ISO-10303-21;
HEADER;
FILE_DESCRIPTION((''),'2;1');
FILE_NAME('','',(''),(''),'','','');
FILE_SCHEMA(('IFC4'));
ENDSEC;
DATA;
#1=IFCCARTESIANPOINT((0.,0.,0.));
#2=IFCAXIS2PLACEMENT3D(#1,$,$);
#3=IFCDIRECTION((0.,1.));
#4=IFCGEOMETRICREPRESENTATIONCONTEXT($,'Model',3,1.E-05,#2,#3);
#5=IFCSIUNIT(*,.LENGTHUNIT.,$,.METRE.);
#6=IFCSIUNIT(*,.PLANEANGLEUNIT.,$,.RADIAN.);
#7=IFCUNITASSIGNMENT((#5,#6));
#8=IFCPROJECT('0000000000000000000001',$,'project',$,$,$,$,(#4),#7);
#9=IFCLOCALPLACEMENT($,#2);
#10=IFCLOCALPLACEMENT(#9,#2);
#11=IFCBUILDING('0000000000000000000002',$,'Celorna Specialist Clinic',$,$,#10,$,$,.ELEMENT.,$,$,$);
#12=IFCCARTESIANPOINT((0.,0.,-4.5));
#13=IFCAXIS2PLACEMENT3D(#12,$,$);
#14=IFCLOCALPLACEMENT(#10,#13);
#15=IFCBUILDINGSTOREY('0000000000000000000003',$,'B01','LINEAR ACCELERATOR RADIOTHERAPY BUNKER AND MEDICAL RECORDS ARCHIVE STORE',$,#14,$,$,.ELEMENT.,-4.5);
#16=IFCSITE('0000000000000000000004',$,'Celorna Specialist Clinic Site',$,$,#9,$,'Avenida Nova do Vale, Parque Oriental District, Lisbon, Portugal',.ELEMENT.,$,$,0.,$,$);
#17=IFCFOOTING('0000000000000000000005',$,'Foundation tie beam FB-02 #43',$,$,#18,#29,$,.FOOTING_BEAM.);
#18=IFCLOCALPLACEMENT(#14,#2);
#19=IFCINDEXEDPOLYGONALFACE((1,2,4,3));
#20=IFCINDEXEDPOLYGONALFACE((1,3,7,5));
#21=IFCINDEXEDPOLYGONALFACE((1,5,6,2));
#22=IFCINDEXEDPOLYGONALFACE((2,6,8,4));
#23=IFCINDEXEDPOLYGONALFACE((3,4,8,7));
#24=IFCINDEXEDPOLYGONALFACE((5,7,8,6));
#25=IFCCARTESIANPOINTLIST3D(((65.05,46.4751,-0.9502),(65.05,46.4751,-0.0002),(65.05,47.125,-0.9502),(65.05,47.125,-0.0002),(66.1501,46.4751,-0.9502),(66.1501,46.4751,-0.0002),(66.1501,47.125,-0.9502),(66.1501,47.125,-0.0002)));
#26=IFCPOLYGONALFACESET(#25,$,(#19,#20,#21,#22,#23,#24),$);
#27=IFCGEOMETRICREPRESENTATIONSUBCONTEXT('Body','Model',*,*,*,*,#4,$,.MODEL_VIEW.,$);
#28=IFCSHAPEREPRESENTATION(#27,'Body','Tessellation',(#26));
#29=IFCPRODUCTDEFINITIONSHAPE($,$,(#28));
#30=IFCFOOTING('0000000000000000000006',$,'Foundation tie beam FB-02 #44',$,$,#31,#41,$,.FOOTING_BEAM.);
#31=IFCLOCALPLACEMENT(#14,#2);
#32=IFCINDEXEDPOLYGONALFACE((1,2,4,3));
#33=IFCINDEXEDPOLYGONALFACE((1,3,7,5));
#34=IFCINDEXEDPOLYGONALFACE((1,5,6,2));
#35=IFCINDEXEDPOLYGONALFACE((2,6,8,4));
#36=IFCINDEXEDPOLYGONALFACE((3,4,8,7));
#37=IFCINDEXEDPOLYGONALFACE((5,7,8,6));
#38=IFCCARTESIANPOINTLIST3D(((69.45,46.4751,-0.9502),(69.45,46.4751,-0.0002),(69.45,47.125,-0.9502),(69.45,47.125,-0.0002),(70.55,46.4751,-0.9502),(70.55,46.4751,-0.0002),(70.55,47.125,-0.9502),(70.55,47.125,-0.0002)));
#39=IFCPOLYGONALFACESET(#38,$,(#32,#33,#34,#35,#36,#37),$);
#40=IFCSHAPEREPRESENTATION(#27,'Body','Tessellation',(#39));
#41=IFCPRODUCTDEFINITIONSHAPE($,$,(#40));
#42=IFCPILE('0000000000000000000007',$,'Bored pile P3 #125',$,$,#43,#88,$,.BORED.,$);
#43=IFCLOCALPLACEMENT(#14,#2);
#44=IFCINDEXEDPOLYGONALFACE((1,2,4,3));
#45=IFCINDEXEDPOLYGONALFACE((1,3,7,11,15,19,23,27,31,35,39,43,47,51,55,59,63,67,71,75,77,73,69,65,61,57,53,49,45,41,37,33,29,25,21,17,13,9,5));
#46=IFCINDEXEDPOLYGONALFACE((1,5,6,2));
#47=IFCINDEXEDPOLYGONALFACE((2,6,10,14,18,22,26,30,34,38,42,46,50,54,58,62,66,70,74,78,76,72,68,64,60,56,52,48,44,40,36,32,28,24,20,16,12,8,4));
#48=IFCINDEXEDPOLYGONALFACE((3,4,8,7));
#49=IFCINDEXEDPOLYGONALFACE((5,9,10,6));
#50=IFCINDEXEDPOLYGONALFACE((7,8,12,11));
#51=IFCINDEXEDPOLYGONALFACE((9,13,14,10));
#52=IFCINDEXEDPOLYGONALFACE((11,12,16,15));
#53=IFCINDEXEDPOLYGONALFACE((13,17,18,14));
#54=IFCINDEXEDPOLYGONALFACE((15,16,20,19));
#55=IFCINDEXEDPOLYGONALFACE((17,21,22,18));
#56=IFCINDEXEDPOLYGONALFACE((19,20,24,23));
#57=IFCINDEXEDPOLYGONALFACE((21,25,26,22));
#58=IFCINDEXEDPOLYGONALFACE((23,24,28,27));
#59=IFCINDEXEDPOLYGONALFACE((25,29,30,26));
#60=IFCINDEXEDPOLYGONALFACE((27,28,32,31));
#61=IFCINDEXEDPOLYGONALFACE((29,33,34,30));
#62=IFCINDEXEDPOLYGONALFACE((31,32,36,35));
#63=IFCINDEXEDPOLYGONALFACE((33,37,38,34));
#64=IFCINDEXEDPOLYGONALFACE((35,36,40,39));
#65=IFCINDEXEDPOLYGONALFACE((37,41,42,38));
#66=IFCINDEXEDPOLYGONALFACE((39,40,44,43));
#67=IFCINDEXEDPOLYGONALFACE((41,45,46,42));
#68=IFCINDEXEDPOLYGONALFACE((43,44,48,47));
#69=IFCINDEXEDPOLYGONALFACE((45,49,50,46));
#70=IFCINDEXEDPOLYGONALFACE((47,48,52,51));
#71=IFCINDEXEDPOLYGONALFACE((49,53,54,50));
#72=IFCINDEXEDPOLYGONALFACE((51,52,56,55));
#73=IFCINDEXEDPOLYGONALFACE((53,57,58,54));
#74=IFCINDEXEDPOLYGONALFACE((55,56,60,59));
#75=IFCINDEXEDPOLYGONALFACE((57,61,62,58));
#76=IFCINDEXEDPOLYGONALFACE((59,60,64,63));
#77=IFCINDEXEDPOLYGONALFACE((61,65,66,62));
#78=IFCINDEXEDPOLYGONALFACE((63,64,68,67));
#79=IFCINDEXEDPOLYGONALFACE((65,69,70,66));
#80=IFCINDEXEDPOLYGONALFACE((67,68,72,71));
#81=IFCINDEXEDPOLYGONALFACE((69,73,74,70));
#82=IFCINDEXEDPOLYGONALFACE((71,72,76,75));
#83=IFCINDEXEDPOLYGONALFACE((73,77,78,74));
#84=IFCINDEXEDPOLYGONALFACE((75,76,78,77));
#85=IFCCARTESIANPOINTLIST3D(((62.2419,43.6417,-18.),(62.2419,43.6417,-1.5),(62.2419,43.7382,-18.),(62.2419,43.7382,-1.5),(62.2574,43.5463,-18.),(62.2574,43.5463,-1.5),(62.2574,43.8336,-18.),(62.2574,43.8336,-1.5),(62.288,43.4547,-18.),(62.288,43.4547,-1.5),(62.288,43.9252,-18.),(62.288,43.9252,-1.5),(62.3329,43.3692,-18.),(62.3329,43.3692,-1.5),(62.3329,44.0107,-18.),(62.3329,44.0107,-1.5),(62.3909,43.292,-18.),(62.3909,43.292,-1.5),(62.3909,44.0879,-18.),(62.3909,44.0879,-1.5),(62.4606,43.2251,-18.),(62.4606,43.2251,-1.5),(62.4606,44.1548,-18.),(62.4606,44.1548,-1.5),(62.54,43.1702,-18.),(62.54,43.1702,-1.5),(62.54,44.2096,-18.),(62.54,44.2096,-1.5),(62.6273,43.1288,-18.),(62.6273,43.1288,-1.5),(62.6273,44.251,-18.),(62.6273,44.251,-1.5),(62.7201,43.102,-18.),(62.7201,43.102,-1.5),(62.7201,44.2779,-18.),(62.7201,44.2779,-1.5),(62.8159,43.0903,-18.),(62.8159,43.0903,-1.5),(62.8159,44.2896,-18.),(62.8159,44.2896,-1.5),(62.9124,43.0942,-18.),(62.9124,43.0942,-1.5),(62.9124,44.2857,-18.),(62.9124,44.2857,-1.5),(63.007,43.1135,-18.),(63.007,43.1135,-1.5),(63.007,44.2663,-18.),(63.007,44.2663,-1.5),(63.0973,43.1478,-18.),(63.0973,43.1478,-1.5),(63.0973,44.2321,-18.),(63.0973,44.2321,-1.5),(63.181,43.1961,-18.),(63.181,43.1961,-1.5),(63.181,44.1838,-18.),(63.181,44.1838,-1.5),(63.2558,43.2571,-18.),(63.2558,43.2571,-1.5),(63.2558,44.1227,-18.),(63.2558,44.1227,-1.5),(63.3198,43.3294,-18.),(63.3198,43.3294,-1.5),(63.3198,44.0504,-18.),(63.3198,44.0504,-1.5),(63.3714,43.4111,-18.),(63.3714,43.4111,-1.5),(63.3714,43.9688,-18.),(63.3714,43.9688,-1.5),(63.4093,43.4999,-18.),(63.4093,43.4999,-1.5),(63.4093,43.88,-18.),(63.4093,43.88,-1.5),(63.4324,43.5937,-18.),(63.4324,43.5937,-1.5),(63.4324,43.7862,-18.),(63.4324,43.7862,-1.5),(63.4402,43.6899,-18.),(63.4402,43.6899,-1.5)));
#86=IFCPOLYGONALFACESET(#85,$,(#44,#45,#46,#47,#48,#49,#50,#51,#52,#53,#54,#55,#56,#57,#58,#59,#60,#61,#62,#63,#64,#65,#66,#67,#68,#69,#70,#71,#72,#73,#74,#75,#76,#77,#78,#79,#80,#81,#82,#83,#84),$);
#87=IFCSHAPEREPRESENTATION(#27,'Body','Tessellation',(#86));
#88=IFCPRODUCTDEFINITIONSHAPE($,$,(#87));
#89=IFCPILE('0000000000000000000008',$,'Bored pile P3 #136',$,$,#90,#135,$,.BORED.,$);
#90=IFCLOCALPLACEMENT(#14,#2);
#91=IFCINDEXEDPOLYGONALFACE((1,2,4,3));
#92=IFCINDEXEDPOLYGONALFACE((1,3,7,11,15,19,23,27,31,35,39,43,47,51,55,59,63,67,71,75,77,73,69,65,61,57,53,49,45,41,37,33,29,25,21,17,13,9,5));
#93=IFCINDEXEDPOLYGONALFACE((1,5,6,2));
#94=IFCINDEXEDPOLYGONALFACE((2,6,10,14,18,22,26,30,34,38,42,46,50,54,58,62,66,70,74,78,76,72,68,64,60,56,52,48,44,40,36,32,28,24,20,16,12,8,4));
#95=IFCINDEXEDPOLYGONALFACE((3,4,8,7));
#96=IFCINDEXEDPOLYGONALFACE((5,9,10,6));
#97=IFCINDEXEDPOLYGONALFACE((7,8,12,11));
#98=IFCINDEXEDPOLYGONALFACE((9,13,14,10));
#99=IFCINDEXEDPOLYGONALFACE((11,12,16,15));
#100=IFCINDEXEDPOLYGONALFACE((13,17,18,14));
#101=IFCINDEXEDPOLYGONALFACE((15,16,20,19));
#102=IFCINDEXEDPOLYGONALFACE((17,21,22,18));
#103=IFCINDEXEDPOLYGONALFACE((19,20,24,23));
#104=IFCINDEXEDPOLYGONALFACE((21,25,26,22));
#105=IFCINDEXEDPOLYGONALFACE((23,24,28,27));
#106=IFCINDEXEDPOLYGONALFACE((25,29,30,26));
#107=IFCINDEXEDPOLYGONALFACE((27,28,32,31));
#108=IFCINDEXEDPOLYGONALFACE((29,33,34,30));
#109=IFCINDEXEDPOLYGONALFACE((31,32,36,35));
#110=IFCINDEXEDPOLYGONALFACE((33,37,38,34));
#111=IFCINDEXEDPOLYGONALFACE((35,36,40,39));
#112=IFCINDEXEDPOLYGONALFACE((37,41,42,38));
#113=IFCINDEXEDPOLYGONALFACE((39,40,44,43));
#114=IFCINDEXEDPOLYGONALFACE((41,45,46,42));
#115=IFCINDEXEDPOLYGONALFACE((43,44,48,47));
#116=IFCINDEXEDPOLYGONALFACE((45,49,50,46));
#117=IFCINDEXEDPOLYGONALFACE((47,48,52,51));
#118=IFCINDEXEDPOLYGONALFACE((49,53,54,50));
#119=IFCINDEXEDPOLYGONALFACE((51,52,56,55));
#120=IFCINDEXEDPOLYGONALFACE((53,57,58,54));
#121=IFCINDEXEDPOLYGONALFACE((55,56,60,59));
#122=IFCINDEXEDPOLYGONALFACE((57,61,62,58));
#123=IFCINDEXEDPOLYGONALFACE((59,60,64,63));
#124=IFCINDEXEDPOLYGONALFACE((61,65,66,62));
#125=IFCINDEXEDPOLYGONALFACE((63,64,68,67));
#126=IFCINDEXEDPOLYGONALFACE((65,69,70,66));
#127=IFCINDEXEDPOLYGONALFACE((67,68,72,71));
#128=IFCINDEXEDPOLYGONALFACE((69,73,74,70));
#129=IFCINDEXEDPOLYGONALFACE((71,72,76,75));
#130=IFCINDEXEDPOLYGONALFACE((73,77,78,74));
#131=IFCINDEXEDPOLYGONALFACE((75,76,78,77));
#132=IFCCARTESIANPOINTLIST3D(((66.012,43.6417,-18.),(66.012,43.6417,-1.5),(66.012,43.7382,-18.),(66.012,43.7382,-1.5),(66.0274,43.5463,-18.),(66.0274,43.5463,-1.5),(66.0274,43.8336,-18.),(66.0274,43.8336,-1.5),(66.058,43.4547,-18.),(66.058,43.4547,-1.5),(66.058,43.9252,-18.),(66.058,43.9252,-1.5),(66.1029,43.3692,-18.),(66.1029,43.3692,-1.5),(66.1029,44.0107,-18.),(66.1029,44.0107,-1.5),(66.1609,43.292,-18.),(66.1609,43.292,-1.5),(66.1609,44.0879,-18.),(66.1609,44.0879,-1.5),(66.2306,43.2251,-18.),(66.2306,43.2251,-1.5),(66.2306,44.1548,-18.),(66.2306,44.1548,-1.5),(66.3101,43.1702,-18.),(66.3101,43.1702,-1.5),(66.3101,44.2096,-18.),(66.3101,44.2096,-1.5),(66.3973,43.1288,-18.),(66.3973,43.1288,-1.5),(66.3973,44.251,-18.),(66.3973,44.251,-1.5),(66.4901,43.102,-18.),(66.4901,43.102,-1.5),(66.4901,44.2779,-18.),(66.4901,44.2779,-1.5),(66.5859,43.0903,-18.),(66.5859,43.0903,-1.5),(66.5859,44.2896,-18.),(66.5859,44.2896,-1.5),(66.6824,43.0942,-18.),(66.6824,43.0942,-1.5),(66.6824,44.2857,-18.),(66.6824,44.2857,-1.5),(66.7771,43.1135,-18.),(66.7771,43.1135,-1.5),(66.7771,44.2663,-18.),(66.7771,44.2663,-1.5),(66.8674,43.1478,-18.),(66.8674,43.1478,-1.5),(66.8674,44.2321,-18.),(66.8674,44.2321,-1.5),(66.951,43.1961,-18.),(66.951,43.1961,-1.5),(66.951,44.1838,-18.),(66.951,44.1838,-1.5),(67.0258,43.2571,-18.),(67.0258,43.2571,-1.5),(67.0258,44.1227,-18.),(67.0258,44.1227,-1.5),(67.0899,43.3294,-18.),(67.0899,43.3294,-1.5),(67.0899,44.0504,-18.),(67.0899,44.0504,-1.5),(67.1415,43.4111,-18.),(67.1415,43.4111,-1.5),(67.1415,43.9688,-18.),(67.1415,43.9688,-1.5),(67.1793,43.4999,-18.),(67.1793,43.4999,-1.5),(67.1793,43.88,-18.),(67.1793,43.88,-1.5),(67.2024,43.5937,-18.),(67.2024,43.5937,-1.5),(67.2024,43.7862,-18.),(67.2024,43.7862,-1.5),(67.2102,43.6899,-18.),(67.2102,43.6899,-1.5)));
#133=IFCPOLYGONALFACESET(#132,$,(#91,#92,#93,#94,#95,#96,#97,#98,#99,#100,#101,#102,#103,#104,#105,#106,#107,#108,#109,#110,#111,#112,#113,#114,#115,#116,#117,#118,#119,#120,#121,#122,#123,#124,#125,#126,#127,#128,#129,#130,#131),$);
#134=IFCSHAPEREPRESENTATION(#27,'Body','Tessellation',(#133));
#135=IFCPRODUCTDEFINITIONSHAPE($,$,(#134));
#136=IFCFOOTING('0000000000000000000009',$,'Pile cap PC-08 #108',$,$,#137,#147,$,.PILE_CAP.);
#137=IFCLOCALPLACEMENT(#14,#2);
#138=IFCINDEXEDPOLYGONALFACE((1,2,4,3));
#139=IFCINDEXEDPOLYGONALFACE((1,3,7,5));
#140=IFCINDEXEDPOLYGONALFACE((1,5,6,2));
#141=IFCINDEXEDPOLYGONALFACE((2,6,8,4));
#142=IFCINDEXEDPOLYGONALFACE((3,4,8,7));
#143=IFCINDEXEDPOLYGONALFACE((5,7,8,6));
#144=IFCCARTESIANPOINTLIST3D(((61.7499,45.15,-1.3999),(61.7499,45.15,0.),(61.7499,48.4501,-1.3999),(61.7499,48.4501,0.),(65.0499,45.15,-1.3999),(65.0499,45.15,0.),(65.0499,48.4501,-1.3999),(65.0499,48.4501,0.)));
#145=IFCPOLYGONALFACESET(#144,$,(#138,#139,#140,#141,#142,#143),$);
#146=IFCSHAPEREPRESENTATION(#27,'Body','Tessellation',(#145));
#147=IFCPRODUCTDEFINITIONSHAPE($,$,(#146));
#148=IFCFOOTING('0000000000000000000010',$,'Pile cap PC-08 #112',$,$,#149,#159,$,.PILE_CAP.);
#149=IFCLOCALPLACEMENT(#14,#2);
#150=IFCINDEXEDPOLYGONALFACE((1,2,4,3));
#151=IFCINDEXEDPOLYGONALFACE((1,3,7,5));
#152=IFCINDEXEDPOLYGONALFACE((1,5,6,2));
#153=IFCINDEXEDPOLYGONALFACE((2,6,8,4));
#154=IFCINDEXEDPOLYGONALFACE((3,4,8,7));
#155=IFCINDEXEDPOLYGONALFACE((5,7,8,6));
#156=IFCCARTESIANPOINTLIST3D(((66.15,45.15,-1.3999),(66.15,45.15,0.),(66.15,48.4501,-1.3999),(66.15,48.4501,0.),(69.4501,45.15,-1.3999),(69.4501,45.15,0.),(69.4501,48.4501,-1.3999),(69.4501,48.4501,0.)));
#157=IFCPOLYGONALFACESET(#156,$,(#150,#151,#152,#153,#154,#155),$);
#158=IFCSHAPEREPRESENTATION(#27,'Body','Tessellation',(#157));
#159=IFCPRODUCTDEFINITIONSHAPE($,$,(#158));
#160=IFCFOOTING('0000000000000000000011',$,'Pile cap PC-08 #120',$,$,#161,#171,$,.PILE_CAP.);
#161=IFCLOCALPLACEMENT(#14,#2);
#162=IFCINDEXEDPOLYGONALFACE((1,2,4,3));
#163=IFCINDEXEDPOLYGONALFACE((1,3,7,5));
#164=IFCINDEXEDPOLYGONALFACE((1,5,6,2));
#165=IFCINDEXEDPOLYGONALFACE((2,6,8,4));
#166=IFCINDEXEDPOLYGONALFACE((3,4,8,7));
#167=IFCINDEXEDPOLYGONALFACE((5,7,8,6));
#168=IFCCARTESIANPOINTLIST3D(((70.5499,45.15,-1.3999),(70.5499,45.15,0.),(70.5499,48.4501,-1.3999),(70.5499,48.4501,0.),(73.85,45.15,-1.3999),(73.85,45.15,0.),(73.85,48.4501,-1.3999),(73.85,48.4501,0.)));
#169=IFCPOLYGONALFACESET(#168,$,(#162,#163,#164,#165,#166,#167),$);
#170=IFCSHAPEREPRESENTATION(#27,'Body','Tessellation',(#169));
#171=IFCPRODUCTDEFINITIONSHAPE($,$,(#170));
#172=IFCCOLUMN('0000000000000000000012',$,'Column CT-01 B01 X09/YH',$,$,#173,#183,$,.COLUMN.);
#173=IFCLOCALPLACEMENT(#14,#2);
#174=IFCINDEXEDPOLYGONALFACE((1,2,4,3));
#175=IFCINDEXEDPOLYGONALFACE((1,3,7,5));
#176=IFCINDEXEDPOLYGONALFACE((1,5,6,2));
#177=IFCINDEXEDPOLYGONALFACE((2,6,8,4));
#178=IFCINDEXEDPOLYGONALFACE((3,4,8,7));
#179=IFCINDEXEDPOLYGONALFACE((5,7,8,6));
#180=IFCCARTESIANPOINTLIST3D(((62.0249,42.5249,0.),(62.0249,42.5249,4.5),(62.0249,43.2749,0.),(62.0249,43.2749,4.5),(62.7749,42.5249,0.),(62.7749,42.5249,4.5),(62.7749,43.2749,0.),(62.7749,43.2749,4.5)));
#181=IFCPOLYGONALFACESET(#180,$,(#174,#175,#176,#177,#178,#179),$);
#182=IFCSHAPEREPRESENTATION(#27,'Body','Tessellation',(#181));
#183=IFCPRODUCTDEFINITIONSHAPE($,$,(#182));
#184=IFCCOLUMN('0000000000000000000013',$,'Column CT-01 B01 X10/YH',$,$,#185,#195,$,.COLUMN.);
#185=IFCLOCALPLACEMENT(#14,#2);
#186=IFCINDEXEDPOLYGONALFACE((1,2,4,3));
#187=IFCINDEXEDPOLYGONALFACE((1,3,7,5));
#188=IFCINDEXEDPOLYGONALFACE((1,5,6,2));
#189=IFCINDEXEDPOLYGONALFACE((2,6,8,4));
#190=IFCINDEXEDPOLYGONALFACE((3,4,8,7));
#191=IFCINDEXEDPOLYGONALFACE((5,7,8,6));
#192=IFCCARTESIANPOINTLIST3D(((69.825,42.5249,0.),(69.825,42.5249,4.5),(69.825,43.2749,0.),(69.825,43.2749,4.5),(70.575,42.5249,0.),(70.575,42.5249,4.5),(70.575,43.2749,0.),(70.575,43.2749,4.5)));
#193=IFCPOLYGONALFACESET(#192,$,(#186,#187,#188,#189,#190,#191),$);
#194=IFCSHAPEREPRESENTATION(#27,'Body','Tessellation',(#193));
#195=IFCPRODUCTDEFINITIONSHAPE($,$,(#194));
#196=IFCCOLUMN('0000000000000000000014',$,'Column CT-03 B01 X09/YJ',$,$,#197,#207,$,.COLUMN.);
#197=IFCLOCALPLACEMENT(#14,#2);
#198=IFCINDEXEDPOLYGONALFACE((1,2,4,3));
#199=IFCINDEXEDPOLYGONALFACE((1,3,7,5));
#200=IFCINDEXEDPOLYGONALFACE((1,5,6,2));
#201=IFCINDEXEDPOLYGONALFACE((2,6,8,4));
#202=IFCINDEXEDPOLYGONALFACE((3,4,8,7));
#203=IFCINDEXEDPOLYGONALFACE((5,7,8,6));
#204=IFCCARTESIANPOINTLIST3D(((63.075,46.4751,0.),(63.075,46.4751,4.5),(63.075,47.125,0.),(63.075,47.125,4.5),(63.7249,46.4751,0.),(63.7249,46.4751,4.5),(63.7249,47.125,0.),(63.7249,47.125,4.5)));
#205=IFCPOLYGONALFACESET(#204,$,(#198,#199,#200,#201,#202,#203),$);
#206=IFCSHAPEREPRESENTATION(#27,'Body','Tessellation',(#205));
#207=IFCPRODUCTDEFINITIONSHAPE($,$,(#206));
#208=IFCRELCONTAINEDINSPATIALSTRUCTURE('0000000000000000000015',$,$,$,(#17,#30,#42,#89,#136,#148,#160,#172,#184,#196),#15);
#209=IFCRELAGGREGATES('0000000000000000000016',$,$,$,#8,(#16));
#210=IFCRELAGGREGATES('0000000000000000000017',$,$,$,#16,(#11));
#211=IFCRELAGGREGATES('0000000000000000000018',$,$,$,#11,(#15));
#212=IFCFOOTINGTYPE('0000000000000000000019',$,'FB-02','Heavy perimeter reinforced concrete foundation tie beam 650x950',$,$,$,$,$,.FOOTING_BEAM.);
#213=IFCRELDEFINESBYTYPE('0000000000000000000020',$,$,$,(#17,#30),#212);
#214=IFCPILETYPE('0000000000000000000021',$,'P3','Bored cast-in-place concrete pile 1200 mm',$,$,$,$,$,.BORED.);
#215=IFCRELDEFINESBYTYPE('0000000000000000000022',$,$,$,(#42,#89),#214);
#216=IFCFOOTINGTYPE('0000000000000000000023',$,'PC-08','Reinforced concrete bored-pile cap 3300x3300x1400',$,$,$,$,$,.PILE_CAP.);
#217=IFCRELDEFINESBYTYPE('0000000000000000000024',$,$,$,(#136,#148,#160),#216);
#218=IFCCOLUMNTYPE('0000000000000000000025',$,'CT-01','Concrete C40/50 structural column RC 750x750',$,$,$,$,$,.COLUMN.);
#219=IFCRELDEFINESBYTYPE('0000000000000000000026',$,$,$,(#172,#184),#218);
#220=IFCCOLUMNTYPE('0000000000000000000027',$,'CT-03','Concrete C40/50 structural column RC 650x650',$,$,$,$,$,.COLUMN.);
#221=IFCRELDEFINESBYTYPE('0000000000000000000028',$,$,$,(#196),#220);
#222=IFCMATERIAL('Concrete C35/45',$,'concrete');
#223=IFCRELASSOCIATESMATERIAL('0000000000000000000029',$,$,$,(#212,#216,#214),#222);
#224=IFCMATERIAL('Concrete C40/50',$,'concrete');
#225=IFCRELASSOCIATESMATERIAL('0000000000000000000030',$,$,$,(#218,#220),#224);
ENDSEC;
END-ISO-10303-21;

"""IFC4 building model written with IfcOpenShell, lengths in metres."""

from ifc_helpers import new_model, si_unit, direction, frame, origin, origin_2d, place, context, subcontext, project, spatial, rectangle, circle, extrude, material, material_profile, profile_set, type_object, element, save


model = new_model("IFC4")

# Units and contexts
model_context = context("Model", 3, precision=1e-05, world=origin(), true_north=direction((0.0, 1.0)))
body_context = subcontext(model_context, "Body", "Model", "MODEL_VIEW")
ifc_project = project(units=[si_unit("LENGTHUNIT", "METRE"), si_unit("PLANEANGLEUNIT", "RADIAN")], contexts=[model_context])

# Site, building, storey
site_placement = place(None, origin())
site = spatial("IfcSite", under=ifc_project, at=site_placement, Name="Celorna Specialist Clinic Site", LongName="Avenida Nova do Vale, Parque Oriental District, Lisbon, Portugal", CompositionType="ELEMENT", RefElevation=0.0)
building_placement = place(site_placement, origin())
building = spatial("IfcBuilding", under=site, at=building_placement, Name="Celorna Specialist Clinic", CompositionType="ELEMENT")
storey_placement = place(building_placement, frame((0.0, 0.0, -4.5)))
storey = spatial("IfcBuildingStorey", under=building, at=storey_placement, Name="B01", Description="LINEAR ACCELERATOR RADIOTHERAPY BUNKER AND MEDICAL RECORDS ARCHIVE STORE", CompositionType="ELEMENT", Elevation=-4.5)

# Footings
ifc_material_1 = material(Name="Concrete C35/45", Category="concrete")
footing_type_1 = type_object("IfcFootingType", Name="FB-02", Description="Heavy perimeter reinforced concrete foundation tie beam 650x950", PredefinedType="FOOTING_BEAM", material=ifc_material_1)
for number, where, z_axis, x_axis, name in (
    (1, (65.6001, 46.8, -0.9502), (0.0, 0.0, 1.0), (1.0, 0.0, 0.0), "Foundation tie beam FB-02 #43"),
    (2, (70.0, 46.8, -0.9502), (0.0, 0.0, 1.0), (1.0, 0.0, 0.0), "Foundation tie beam FB-02 #44"),
):
    element("IfcFooting", number, at=place(storey_placement, frame(where, z_axis=z_axis, x_axis=x_axis)), inside=storey, type_object=footing_type_1, Name=name, PredefinedType="FOOTING_BEAM", context=body_context, shape_type="SweptSolid", body=[
        extrude(rectangle(XDim=1.1001, YDim=0.6499, at=origin_2d()), origin(), (0.0, 0.0, 1.0), 0.95),
    ])

# Piles
ifc_material_profile_1 = material_profile(ifc_material_1, circle(Radius=0.6001, at=origin_2d()), Name="BORED PILE 1200")
ifc_profile_set_1 = profile_set([ifc_material_profile_1], Name="Concrete C35/45")
pile_type = type_object("IfcPileType", Name="P3", Description="Bored cast-in-place concrete pile 1200 mm", PredefinedType="BORED", material=ifc_profile_set_1)
for number, where, z_axis, x_axis, name in (
    (3, (62.8401, 43.6899, -1.5), (0.0, 0.0, -1.0), (1.0, 0.0, 0.0), "Bored pile P3 #125"),
    (4, (66.6101, 43.6899, -1.5), (0.0, 0.0, -1.0), (1.0, 0.0, 0.0), "Bored pile P3 #136"),
):
    element("IfcPile", number, at=place(storey_placement, frame(where, z_axis=z_axis, x_axis=x_axis)), inside=storey, type_object=pile_type, Name=name, PredefinedType="BORED", context=body_context, shape_type="SweptSolid", body=[
        extrude(circle(Radius=0.6001, at=origin_2d()), origin(), (0.0, 0.0, 1.0), 16.5),
    ])

# Footings
footing_type_2 = type_object("IfcFootingType", Name="PC-08", Description="Reinforced concrete bored-pile cap 3300x3300x1400", PredefinedType="PILE_CAP", material=ifc_material_1)
for number, where, z_axis, x_axis, name in (
    (5, (63.3999, 46.8, -1.3999), (0.0, 0.0, 1.0), (1.0, 0.0, 0.0), "Pile cap PC-08 #108"),
    (6, (67.8, 46.8, -1.3999), (0.0, 0.0, 1.0), (1.0, 0.0, 0.0), "Pile cap PC-08 #112"),
    (7, (72.2, 46.8, -1.3999), (0.0, 0.0, 1.0), (1.0, 0.0, 0.0), "Pile cap PC-08 #120"),
):
    element("IfcFooting", number, at=place(storey_placement, frame(where, z_axis=z_axis, x_axis=x_axis)), inside=storey, type_object=footing_type_2, Name=name, PredefinedType="PILE_CAP", context=body_context, shape_type="SweptSolid", body=[
        extrude(rectangle(XDim=3.3, YDim=3.3, at=origin_2d()), origin(), (0.0, 0.0, 1.0), 1.3999),
    ])

# Columns
ifc_material_2 = material(Name="Concrete C40/50", Category="concrete")
ifc_material_profile_2 = material_profile(ifc_material_2, rectangle(XDim=0.75, YDim=0.75, at=origin_2d()), Name="RC 750x750")
ifc_profile_set_2 = profile_set([ifc_material_profile_2], Name="Concrete C40/50")
column_type_1 = type_object("IfcColumnType", Name="CT-01", Description="Concrete C40/50 structural column RC 750x750", PredefinedType="COLUMN", material=ifc_profile_set_2)
for number, where, z_axis, x_axis, name in (
    (8, (62.3999, 42.8999, 0.0), (0.0, 0.0, 1.0), (1.0, 0.0, 0.0), "Column CT-01 B01 X09/YH"),
    (9, (70.2, 42.8999, 0.0), (0.0, 0.0, 1.0), (1.0, 0.0, 0.0), "Column CT-01 B01 X10/YH"),
):
    element("IfcColumn", number, at=place(storey_placement, frame(where, z_axis=z_axis, x_axis=x_axis)), inside=storey, type_object=column_type_1, Name=name, PredefinedType="COLUMN", context=body_context, shape_type="SweptSolid", body=[
        extrude(rectangle(XDim=0.75, YDim=0.75, at=origin_2d()), origin(), (0.0, 0.0, 1.0), 4.5),
    ])
ifc_material_profile_3 = material_profile(ifc_material_2, rectangle(XDim=0.6499, YDim=0.6499, at=origin_2d()), Name="RC 650x650")
ifc_profile_set_3 = profile_set([ifc_material_profile_3], Name="Concrete C40/50")
column_type_2 = type_object("IfcColumnType", Name="CT-03", Description="Concrete C40/50 structural column RC 650x650", PredefinedType="COLUMN", material=ifc_profile_set_3)
for number, where, z_axis, x_axis, name in (
    (10, (63.3999, 46.8, 0.0), (0.0, 0.0, 1.0), (1.0, 0.0, 0.0), "Column CT-03 B01 X09/YJ"),
):
    element("IfcColumn", number, at=place(storey_placement, frame(where, z_axis=z_axis, x_axis=x_axis)), inside=storey, type_object=column_type_2, Name=name, PredefinedType="COLUMN", context=body_context, shape_type="SweptSolid", body=[
        extrude(rectangle(XDim=0.6499, YDim=0.6499, at=origin_2d()), origin(), (0.0, 0.0, 1.0), 4.5),
    ])

save(model, "model.ifc")
